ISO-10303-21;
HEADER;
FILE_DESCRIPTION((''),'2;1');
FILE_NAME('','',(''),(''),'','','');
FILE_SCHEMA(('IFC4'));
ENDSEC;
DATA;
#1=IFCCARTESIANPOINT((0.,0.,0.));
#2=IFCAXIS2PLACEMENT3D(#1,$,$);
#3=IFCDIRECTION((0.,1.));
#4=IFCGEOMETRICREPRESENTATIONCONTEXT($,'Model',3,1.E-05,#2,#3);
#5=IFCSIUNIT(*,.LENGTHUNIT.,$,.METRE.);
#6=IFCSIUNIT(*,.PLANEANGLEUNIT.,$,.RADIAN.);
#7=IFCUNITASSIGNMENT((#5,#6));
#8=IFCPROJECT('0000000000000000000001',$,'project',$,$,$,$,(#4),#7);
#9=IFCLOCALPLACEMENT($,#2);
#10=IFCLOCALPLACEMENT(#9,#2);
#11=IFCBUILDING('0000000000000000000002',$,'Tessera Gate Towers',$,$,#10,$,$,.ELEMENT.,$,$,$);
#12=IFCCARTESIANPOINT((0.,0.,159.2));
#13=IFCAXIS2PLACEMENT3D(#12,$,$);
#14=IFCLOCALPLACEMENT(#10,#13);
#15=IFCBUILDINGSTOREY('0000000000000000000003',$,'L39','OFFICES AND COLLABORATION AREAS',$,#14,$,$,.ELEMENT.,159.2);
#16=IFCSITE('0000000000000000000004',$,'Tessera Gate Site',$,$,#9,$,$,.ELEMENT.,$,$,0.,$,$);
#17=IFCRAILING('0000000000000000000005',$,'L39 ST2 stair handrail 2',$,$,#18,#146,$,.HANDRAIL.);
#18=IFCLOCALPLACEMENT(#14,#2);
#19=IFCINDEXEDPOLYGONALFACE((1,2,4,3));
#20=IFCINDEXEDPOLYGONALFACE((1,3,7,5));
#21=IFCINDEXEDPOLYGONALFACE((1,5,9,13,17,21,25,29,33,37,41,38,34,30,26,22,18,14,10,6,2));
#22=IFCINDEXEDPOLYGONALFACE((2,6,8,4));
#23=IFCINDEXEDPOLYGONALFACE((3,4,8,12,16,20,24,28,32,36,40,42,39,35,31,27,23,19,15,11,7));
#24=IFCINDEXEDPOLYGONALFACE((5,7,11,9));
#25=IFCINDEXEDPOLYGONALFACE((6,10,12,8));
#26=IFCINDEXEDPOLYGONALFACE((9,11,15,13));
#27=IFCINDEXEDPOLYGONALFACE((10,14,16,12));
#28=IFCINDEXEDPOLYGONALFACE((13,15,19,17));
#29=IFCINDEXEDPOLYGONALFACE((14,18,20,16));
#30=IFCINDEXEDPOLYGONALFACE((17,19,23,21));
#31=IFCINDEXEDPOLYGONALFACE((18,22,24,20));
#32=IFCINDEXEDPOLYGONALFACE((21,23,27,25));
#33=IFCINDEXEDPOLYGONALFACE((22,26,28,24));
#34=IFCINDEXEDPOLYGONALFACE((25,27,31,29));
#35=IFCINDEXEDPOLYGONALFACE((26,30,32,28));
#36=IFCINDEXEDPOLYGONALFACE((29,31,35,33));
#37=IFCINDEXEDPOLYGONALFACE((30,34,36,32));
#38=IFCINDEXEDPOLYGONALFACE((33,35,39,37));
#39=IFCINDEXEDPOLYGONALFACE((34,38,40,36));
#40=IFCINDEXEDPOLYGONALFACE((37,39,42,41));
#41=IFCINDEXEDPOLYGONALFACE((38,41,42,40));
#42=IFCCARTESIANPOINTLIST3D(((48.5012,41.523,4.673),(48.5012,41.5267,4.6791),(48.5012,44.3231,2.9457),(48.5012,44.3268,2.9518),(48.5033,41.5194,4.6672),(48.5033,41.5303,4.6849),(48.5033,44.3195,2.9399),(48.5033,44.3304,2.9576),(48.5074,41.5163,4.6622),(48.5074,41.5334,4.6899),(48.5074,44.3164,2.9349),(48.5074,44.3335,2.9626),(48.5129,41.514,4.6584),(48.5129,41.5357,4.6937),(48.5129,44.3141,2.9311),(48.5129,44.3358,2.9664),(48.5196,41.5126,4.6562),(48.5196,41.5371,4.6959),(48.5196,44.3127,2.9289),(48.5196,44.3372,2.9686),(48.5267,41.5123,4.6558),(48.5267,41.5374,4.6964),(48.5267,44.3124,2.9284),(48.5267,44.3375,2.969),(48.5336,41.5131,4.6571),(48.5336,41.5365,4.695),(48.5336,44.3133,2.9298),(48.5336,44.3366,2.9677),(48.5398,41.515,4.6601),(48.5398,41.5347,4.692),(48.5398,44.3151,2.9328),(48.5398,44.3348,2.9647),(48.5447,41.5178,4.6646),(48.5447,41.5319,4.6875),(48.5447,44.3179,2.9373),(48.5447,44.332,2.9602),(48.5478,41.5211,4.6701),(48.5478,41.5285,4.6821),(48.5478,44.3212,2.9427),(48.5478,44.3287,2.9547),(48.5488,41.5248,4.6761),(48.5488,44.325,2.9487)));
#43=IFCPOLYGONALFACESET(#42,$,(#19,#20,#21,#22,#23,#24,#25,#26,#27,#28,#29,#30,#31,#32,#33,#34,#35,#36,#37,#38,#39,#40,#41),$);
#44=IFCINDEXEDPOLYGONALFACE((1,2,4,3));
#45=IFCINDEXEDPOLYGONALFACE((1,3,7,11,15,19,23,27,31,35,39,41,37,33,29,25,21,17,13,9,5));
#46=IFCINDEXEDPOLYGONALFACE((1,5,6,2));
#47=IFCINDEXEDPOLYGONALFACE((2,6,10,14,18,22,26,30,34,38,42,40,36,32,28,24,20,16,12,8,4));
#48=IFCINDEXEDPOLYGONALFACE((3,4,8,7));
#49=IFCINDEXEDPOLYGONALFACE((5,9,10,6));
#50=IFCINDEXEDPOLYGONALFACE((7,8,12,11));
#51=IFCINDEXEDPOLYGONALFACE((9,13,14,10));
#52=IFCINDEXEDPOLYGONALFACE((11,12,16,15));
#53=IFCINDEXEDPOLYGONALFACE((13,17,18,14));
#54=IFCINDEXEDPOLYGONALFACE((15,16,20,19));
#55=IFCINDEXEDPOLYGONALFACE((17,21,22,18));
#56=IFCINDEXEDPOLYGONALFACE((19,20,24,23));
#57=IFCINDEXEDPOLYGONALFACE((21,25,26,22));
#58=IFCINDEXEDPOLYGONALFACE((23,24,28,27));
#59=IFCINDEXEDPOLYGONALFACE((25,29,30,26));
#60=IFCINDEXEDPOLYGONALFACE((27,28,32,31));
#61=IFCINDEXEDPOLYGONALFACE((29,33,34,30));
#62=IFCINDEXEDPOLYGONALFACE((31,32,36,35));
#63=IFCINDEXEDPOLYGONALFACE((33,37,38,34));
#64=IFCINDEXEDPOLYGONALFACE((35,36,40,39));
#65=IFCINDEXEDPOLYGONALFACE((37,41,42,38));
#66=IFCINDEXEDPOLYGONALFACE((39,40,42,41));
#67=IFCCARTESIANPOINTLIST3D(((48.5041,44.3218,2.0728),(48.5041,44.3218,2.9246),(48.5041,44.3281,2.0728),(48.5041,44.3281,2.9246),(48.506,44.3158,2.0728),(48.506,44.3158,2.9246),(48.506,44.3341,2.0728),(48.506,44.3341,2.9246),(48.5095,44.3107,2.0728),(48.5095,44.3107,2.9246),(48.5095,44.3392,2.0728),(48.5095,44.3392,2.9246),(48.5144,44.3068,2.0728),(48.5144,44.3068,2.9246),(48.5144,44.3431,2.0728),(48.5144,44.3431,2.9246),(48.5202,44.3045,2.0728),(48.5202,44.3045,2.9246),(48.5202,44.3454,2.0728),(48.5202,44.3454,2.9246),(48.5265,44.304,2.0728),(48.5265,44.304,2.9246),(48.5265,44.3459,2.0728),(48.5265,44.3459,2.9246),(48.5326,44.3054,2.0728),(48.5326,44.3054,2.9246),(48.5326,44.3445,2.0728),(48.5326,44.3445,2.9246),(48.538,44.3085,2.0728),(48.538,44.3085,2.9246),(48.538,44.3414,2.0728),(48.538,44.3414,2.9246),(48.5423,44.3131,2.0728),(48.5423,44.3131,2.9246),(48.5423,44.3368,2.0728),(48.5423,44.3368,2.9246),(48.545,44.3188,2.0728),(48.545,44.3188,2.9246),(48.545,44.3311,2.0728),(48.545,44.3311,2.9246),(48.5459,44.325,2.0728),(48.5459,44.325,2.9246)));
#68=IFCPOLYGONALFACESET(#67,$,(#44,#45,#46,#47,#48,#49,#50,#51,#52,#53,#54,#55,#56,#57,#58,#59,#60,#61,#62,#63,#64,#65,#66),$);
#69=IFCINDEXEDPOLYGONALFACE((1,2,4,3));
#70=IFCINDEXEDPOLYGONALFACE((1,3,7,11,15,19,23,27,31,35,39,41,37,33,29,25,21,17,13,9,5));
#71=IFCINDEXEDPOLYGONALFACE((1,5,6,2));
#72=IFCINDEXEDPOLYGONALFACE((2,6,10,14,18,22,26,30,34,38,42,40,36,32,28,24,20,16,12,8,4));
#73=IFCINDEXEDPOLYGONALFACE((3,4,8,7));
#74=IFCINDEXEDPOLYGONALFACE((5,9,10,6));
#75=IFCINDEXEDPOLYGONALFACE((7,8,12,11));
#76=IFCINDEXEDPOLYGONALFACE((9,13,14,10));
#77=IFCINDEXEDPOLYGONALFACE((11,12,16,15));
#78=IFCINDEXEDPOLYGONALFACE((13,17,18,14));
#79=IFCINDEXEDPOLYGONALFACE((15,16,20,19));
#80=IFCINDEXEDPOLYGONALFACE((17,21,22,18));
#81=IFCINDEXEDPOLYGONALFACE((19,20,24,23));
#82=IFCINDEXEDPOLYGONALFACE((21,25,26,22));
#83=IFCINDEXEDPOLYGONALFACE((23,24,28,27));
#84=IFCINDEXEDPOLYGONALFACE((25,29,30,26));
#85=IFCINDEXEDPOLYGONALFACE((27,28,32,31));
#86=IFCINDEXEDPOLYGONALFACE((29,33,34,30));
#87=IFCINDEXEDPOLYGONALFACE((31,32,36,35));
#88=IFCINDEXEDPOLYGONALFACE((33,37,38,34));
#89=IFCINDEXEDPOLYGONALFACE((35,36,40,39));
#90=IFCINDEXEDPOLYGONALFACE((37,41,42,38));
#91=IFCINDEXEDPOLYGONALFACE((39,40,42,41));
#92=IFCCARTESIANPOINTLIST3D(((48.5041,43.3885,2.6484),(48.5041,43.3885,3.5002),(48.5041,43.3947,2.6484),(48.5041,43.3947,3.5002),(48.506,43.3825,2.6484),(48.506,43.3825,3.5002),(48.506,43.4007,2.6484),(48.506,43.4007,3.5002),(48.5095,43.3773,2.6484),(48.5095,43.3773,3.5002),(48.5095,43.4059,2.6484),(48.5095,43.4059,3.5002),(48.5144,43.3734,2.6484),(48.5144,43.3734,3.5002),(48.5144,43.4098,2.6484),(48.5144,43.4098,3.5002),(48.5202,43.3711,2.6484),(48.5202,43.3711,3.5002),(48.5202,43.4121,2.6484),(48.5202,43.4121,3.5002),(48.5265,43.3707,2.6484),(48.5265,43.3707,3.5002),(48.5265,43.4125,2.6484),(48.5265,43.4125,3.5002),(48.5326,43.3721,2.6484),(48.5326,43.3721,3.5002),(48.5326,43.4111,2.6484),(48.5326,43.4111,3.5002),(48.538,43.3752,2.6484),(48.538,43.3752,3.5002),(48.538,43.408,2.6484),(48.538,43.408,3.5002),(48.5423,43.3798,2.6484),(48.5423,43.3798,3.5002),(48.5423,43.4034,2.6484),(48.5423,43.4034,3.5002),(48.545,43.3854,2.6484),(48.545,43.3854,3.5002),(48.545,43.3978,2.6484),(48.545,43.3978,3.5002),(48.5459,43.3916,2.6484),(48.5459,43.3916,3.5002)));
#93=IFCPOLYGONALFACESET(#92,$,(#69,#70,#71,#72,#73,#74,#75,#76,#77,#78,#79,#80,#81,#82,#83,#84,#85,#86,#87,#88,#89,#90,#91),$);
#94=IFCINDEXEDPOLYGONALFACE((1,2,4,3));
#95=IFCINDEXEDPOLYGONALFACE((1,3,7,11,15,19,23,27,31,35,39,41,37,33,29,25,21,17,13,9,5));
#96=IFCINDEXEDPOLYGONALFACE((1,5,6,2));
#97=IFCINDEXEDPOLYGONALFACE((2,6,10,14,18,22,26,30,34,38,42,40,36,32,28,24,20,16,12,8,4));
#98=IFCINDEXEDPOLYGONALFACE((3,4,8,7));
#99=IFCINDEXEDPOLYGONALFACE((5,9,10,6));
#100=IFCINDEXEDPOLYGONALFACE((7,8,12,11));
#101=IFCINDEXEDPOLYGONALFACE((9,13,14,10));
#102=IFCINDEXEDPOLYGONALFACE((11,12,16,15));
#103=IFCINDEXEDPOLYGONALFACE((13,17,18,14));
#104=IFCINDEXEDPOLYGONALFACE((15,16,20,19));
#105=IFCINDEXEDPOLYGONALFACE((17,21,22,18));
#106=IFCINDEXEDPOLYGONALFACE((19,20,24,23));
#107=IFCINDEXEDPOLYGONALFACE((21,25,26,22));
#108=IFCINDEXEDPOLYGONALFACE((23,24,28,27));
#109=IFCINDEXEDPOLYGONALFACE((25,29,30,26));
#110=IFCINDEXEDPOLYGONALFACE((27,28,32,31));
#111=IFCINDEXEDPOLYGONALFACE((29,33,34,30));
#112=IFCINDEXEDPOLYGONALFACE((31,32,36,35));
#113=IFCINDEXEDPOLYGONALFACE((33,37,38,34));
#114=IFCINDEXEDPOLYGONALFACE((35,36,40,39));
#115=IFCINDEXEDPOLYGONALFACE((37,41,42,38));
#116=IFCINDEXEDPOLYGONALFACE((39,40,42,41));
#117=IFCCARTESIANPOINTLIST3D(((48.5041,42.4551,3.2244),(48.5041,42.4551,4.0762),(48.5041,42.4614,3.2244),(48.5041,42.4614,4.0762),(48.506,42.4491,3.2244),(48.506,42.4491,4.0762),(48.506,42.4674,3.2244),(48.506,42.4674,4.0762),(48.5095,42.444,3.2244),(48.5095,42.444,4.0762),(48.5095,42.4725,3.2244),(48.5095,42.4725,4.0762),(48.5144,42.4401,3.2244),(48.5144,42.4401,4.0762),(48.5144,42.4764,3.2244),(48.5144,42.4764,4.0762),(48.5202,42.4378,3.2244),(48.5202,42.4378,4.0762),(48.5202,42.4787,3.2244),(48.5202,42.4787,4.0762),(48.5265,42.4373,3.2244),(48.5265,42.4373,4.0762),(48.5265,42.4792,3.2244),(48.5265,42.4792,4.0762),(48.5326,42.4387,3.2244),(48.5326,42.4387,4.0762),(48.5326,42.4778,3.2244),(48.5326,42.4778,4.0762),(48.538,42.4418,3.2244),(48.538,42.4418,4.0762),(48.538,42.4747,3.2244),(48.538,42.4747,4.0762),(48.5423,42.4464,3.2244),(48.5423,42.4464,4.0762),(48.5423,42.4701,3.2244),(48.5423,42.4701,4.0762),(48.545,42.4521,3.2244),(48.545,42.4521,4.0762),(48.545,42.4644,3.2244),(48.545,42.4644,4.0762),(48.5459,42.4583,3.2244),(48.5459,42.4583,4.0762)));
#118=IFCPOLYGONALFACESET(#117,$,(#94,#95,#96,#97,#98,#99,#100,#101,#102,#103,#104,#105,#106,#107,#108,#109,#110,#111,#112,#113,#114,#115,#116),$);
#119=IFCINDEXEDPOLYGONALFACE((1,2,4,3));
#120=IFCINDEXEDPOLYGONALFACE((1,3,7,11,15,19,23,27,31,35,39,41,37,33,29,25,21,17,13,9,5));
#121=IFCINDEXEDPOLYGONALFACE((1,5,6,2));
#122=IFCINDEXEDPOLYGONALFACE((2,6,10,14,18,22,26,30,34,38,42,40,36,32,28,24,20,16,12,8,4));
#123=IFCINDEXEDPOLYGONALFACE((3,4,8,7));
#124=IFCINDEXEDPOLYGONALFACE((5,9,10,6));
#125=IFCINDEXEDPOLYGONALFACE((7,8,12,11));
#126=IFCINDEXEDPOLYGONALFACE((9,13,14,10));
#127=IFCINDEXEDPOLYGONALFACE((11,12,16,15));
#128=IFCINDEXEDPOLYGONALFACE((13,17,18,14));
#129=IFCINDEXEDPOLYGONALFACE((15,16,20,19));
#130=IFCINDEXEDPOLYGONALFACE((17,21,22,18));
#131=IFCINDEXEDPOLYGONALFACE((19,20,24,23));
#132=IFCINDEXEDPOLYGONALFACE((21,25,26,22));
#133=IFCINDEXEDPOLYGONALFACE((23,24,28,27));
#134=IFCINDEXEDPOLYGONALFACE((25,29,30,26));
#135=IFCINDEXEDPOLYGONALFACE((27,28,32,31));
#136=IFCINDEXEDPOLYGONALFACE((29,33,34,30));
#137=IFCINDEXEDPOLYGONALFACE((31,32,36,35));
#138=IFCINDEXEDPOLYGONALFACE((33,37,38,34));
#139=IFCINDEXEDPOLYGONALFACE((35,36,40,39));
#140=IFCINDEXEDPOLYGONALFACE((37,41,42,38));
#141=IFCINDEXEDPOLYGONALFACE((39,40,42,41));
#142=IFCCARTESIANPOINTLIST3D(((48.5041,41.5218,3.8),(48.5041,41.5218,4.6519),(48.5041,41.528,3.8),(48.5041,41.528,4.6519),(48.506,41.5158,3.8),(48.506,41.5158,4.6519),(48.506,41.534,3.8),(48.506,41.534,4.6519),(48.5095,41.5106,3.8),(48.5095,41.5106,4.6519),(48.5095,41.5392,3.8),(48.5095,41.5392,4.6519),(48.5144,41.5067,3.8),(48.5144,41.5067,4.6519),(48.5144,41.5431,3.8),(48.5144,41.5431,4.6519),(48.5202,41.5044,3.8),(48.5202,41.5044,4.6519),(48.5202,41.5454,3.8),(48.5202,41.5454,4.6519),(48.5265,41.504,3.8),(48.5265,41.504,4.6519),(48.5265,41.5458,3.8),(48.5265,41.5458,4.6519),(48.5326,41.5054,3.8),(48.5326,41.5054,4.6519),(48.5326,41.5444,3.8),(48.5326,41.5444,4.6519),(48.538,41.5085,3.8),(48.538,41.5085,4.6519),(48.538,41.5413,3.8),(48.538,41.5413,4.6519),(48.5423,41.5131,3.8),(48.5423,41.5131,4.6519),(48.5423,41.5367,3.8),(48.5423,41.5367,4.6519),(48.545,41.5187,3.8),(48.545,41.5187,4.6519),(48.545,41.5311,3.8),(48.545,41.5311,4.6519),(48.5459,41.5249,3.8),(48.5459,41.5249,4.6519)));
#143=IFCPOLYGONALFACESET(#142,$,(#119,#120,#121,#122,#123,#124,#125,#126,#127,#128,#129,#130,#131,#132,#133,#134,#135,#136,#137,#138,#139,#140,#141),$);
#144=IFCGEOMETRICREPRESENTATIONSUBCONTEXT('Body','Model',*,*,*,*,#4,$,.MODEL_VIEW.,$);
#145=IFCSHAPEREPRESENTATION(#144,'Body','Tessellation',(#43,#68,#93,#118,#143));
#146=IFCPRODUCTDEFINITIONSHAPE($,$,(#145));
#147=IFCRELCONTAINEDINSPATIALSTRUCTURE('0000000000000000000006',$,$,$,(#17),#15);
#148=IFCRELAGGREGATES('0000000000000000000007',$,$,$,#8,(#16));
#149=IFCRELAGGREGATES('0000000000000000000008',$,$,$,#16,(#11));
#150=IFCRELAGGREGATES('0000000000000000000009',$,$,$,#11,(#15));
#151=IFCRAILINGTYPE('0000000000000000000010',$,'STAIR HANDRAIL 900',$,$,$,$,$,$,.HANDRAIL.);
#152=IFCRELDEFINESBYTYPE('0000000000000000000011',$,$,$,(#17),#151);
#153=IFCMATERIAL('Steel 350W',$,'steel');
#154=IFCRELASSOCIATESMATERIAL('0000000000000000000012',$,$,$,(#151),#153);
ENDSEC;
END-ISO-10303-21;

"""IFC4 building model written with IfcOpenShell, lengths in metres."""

from ifc_helpers import new_model, si_unit, direction, frame, origin, origin_2d, place, context, subcontext, project, spatial, circle, extrude, material, type_object, element, save


model = new_model("IFC4")

# Units and contexts
model_context = context("Model", 3, precision=1e-05, world=origin(), true_north=direction((0.0, 1.0)))
body_context = subcontext(model_context, "Body", "Model", "MODEL_VIEW")
ifc_project = project(units=[si_unit("LENGTHUNIT", "METRE"), si_unit("PLANEANGLEUNIT", "RADIAN")], contexts=[model_context])

# Site, building, storey
site_placement = place(None, origin())
site = spatial("IfcSite", under=ifc_project, at=site_placement, Name="Tessera Gate Site", CompositionType="ELEMENT", RefElevation=0.0)
building_placement = place(site_placement, origin())
building = spatial("IfcBuilding", under=site, at=building_placement, Name="Tessera Gate Towers", CompositionType="ELEMENT")
storey_placement = place(building_placement, frame((0.0, 0.0, 159.2)))
storey = spatial("IfcBuildingStorey", under=building, at=storey_placement, Name="L39", Description="OFFICES AND COLLABORATION AREAS", CompositionType="ELEMENT", Elevation=159.2)

# Railing
ifc_material_1 = material(Name="Steel 350W", Category="steel")
railing_type_1 = type_object("IfcRailingType", Name="STAIR HANDRAIL 900", PredefinedType="HANDRAIL", material=ifc_material_1)
railing_1_placement = place(storey_placement, frame((48.5249, 44.325, 2.0728)))
element("IfcRailing", 1, at=railing_1_placement, inside=storey, type_object=railing_type_1, Name="L39 ST2 stair handrail 2", PredefinedType="HANDRAIL", context=body_context, shape_type="SweptSolid", body=[
    extrude(circle(Radius=0.0239, at=origin_2d()), frame((0.0, 0.0, 0.876), z_axis=(0.0, -0.85109, 0.52502), x_axis=(1.0, 0.0, 0.0)), (0.0, 0.0, 1.0), 3.29),
    extrude(circle(Radius=0.021, at=origin_2d()), origin(), (0.0, 0.0, 1.0), 0.8518),
    extrude(circle(Radius=0.021, at=origin_2d()), frame((0.0, -0.9333, 0.5757)), (0.0, 0.0, 1.0), 0.8518),
    extrude(circle(Radius=0.021, at=origin_2d()), frame((0.0, -1.8667, 1.1516)), (0.0, 0.0, 1.0), 0.8518),
    extrude(circle(Radius=0.021, at=origin_2d()), frame((0.0, -2.8, 1.7273)), (0.0, 0.0, 1.0), 0.8518),
])

save(model, "model.ifc")
